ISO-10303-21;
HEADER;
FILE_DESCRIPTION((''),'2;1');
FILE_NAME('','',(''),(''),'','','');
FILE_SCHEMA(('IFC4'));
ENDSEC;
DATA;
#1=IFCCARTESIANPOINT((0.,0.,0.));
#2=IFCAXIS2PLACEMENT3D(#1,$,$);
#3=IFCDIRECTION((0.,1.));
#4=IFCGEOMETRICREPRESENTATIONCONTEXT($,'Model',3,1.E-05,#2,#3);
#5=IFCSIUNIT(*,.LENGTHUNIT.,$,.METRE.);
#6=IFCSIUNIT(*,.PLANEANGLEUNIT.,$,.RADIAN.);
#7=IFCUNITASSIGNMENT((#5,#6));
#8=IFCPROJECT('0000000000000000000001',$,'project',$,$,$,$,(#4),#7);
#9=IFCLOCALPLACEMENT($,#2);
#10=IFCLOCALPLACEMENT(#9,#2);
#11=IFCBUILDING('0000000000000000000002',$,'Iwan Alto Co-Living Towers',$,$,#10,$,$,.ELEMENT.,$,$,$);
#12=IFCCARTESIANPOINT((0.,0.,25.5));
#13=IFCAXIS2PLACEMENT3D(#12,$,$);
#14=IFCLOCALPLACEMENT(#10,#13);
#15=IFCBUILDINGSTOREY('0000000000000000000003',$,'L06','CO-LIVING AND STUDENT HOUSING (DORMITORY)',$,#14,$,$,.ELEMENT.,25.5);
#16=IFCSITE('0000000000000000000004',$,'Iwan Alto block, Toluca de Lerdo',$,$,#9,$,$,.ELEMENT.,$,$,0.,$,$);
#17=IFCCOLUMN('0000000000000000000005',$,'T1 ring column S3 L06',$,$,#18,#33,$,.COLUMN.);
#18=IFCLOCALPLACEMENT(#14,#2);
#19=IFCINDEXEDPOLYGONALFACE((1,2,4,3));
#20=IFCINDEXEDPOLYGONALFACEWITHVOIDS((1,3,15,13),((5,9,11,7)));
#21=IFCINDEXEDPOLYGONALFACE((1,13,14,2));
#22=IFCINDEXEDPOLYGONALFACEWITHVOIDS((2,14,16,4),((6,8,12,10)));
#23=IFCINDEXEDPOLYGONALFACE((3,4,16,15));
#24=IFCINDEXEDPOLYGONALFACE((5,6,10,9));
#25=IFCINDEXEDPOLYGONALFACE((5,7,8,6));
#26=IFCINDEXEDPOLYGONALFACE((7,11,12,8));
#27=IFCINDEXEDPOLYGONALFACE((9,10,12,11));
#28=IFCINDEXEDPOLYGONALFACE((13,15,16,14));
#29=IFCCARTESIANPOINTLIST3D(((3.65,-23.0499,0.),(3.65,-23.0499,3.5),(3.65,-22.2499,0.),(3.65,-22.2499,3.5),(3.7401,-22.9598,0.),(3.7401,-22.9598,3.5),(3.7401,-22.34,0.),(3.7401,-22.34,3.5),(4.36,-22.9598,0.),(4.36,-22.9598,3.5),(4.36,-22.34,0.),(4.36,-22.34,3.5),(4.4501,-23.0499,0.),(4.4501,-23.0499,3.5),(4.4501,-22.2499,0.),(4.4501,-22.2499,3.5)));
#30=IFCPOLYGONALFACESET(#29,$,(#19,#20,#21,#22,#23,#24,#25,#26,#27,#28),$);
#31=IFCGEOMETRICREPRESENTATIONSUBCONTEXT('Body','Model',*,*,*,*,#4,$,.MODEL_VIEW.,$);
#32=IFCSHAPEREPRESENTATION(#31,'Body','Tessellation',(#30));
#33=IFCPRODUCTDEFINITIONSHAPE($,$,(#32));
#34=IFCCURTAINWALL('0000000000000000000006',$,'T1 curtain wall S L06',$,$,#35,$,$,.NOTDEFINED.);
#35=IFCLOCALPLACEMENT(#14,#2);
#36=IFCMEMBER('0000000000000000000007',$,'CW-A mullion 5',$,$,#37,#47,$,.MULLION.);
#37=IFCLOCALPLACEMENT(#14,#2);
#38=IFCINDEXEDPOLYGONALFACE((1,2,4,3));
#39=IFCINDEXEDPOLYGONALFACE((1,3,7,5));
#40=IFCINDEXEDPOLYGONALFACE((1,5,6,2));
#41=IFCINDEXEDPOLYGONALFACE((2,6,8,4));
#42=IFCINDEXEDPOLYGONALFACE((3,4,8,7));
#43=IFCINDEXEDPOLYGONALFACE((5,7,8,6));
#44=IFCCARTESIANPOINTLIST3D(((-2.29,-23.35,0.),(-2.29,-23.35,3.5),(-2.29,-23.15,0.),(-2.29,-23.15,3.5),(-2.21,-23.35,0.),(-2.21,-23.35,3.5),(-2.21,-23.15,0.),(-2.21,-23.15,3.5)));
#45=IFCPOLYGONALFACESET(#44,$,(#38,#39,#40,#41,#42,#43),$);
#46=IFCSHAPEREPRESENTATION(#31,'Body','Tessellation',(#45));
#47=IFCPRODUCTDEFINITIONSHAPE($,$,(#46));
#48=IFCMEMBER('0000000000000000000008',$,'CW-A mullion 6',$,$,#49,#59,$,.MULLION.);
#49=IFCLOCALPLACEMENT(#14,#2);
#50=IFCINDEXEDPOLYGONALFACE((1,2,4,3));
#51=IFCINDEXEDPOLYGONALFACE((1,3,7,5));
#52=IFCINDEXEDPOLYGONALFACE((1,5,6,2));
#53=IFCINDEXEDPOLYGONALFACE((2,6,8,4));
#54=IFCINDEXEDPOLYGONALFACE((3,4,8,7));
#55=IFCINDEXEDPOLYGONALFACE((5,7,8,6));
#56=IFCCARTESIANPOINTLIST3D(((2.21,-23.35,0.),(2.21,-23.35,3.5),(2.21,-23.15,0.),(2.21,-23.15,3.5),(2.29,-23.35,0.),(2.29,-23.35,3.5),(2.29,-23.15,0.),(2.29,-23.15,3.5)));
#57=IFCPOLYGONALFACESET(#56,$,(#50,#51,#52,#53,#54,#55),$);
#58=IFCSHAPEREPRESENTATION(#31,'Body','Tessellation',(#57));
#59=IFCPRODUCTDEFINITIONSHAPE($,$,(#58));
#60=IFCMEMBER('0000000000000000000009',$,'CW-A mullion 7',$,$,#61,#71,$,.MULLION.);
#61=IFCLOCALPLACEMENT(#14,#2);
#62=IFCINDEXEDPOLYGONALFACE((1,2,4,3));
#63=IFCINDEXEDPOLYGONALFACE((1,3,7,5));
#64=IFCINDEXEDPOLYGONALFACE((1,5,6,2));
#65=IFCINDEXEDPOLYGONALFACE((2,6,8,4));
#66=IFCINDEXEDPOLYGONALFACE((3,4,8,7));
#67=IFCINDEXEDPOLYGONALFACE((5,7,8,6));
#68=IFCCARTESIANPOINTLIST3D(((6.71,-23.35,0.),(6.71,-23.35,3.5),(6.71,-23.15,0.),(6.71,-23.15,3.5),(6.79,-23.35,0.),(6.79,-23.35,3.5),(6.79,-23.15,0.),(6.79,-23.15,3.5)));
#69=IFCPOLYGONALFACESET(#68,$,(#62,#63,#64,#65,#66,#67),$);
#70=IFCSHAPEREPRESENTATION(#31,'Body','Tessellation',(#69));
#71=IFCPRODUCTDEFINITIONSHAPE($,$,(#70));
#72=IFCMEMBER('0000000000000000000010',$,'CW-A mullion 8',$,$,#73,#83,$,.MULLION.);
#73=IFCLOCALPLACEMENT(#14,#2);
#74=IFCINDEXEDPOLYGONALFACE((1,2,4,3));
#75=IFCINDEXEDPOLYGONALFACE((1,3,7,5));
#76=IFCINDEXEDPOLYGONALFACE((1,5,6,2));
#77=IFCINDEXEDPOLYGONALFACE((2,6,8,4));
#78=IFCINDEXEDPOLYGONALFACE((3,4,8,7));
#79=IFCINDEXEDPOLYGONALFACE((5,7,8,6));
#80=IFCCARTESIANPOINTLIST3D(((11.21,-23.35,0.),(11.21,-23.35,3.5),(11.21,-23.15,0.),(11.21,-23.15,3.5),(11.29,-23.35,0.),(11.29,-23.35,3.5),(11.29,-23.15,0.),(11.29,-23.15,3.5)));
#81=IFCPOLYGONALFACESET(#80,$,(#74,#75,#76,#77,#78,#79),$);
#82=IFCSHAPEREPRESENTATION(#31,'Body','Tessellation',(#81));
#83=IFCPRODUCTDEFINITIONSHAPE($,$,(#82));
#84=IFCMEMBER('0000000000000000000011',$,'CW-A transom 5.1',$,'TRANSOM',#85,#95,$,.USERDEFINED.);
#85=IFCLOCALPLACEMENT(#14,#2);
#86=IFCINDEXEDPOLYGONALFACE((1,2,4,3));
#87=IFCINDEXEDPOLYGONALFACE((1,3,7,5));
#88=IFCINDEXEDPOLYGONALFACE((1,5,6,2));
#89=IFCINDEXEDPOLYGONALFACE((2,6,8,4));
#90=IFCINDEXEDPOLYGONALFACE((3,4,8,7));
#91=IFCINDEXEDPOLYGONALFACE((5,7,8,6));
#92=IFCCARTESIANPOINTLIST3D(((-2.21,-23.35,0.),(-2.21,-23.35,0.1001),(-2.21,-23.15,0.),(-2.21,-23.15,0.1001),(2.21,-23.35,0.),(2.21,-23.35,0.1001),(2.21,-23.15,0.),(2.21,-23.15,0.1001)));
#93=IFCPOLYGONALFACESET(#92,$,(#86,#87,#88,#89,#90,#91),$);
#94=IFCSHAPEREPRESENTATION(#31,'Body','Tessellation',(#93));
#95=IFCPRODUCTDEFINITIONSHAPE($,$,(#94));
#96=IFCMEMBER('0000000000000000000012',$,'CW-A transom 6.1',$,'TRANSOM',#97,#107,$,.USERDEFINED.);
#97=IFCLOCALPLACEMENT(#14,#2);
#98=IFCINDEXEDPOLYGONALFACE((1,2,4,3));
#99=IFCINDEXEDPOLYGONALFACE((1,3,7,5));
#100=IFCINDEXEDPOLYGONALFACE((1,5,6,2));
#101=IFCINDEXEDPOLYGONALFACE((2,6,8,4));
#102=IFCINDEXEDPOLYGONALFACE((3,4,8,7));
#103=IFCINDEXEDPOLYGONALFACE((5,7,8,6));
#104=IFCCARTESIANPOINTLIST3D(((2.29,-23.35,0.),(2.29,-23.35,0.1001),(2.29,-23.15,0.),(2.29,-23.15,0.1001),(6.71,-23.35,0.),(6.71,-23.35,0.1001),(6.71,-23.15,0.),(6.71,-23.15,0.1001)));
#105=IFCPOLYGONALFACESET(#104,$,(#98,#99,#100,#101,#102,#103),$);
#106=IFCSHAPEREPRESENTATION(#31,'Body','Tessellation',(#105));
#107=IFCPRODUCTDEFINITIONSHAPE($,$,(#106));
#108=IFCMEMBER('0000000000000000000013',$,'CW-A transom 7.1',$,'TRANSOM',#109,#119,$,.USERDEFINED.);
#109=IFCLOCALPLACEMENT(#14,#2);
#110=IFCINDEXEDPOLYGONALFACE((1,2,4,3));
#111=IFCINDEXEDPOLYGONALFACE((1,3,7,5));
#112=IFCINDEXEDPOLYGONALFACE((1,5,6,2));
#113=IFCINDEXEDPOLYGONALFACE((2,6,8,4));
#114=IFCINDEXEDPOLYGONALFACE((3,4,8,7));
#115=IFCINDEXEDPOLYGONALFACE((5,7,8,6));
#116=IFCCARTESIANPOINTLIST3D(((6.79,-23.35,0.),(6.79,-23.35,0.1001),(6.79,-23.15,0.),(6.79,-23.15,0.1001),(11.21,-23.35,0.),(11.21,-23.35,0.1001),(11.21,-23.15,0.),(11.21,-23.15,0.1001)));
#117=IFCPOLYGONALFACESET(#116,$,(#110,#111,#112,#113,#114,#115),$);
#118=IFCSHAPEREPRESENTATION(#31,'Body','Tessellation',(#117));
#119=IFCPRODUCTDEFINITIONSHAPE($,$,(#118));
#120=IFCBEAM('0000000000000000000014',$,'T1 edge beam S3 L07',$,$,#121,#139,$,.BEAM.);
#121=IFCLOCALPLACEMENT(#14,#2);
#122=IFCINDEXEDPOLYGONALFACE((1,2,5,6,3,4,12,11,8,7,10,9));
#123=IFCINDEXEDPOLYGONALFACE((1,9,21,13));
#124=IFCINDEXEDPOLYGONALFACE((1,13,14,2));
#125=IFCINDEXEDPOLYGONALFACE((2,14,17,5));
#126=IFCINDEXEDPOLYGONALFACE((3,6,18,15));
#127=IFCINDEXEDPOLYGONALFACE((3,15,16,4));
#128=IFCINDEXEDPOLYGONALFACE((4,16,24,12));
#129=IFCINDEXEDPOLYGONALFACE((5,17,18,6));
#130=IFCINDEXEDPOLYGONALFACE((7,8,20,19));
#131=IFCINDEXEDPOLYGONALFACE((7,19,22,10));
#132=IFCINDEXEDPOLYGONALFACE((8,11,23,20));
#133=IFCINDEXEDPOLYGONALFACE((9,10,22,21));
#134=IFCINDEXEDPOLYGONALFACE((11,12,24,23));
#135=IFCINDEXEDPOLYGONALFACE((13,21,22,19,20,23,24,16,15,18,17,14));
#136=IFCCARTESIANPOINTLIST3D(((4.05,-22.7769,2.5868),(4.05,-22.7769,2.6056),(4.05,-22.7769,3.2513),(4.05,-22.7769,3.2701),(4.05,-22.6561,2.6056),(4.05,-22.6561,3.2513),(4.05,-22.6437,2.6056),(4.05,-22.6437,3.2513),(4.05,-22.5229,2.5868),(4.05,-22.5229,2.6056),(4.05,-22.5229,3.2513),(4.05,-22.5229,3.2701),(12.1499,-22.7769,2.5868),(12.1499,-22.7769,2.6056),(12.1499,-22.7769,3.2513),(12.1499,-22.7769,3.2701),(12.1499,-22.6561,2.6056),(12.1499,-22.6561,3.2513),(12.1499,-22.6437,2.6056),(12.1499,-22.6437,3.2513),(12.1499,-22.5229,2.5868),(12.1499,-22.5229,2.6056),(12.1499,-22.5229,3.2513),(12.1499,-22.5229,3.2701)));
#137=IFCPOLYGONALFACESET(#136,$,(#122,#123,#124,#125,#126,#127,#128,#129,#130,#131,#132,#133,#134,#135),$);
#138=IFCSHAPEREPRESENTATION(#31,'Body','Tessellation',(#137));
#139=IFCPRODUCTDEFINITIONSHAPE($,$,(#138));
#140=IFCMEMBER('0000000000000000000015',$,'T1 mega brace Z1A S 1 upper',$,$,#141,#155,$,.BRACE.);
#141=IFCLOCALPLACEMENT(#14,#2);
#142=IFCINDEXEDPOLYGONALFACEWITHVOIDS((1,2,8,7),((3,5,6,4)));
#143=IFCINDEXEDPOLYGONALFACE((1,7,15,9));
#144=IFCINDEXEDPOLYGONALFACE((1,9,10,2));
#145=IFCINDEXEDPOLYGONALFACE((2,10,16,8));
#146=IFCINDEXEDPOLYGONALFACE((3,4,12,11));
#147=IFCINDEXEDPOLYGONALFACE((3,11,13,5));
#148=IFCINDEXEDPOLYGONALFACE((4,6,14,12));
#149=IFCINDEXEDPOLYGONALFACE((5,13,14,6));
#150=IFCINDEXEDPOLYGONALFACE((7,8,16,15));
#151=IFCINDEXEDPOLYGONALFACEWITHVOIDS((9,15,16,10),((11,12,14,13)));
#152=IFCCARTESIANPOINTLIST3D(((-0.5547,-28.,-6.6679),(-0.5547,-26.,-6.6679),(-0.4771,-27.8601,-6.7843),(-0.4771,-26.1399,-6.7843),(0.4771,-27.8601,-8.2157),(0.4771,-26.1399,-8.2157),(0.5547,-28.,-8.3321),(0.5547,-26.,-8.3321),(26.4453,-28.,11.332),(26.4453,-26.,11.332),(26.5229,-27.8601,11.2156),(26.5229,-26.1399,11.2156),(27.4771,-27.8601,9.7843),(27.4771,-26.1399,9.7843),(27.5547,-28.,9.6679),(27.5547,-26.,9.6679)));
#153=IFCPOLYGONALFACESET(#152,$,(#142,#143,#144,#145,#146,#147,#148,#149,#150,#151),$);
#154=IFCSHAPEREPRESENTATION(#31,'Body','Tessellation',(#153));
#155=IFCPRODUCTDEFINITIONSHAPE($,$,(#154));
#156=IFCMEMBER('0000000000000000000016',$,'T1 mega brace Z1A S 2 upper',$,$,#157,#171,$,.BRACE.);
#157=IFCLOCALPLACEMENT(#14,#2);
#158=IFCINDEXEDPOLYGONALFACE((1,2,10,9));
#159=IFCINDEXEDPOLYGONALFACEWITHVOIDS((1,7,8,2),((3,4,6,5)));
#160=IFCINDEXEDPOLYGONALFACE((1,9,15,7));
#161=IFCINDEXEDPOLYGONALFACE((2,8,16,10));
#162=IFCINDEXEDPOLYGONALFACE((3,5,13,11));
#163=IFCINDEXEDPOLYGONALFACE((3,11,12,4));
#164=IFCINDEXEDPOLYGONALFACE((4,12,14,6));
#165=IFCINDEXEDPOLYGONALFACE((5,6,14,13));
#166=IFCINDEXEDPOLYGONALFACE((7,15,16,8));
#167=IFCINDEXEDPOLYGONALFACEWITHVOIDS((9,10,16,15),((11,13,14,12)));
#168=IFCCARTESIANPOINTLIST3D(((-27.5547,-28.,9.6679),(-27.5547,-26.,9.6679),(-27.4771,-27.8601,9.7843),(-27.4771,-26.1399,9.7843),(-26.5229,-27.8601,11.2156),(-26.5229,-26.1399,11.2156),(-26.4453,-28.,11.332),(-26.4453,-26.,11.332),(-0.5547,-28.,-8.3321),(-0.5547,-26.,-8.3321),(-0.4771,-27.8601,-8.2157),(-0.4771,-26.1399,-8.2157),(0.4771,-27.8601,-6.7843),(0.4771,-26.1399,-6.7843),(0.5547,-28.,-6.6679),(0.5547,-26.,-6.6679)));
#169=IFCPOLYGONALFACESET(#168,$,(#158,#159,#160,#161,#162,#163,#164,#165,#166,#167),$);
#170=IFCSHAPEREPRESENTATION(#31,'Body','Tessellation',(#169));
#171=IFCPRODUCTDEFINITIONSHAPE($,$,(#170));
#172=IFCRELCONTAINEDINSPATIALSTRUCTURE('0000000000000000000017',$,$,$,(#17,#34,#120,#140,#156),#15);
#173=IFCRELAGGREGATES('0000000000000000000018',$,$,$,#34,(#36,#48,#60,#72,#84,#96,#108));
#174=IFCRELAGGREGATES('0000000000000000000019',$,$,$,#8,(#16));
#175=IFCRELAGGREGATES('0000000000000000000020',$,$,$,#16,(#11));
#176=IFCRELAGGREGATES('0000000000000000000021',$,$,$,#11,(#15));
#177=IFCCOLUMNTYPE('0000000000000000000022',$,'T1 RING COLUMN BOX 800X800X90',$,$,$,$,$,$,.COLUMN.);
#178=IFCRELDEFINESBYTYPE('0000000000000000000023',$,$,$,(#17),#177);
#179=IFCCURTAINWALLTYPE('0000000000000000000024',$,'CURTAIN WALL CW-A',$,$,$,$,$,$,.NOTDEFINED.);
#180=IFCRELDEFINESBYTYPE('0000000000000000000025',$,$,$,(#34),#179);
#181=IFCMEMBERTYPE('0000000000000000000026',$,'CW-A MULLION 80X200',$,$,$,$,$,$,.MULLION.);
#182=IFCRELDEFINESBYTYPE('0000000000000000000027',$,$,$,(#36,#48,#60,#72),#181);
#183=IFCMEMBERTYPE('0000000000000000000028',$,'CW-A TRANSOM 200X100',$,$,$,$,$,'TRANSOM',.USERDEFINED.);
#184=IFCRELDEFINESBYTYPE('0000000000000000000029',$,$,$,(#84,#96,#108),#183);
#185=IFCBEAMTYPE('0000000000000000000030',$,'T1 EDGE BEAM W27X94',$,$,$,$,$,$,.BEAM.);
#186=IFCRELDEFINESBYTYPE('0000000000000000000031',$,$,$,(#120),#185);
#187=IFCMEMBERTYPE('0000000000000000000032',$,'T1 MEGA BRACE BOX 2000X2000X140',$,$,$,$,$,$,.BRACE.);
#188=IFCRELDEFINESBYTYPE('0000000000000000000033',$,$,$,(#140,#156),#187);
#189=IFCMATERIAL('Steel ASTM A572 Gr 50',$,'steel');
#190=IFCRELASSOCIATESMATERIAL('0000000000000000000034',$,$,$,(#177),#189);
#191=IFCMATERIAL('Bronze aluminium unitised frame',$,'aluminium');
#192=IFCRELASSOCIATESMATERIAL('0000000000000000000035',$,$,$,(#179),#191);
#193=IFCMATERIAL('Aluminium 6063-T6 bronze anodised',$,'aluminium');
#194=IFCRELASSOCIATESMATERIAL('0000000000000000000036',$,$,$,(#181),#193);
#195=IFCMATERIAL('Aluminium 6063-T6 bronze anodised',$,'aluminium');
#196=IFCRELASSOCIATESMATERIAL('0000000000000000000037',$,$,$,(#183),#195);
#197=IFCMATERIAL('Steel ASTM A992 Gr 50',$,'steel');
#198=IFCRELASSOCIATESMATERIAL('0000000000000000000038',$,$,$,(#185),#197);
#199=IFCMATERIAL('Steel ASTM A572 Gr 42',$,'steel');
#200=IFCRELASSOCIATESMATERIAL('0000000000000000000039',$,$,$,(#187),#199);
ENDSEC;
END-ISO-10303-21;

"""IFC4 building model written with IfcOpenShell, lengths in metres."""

from ifc_helpers import new_model, si_unit, direction, frame, origin, origin_2d, place, context, subcontext, project, spatial, rectangle, hollow_rectangle, i_section, extrude, material, material_profile, profile_set, type_object, element, aggregate, save


model = new_model("IFC4")

# Units and contexts
model_context = context("Model", 3, precision=1e-05, world=origin(), true_north=direction((0.0, 1.0)))
body_context = subcontext(model_context, "Body", "Model", "MODEL_VIEW")
ifc_project = project(units=[si_unit("LENGTHUNIT", "METRE"), si_unit("PLANEANGLEUNIT", "RADIAN")], contexts=[model_context])

# Site, building, storey
site_placement = place(None, origin())
site = spatial("IfcSite", under=ifc_project, at=site_placement, Name="Iwan Alto block, Toluca de Lerdo", CompositionType="ELEMENT", RefElevation=0.0)
building_placement = place(site_placement, origin())
building = spatial("IfcBuilding", under=site, at=building_placement, Name="Iwan Alto Co-Living Towers", CompositionType="ELEMENT")
storey_placement = place(building_placement, frame((0.0, 0.0, 25.5)))
storey = spatial("IfcBuildingStorey", under=building, at=storey_placement, Name="L06", Description="CO-LIVING AND STUDENT HOUSING (DORMITORY)", CompositionType="ELEMENT", Elevation=25.5)

# Column
ifc_material_1 = material(Name="Steel ASTM A572 Gr 50", Category="steel")
ifc_material_profile_1 = material_profile(ifc_material_1, hollow_rectangle(XDim=0.8, YDim=0.8, WallThickness=0.0901, at=origin_2d()), Name="BOX 800X800X90")
ifc_profile_set_1 = profile_set([ifc_material_profile_1], Name="Steel ASTM A572 Gr 50")
column_type = type_object("IfcColumnType", Name="T1 RING COLUMN BOX 800X800X90", PredefinedType="COLUMN", material=ifc_profile_set_1)
column_placement = place(storey_placement, frame((4.05, -22.6499, 0.0), z_axis=(0.0, 0.0, 1.0), x_axis=(1.0, 0.0, 0.0)))
element("IfcColumn", 1, at=column_placement, inside=storey, type_object=column_type, Name="T1 ring column S3 L06", PredefinedType="COLUMN", context=body_context, shape_type="SweptSolid", body=[
    extrude(hollow_rectangle(XDim=0.8, YDim=0.8, WallThickness=0.0901, at=origin_2d()), origin(), (0.0, 0.0, 1.0), 3.5),
])

# Curtain wall, members
ifc_material_2 = material(Name="Bronze aluminium unitised frame", Category="aluminium")
curtain_wall_type = type_object("IfcCurtainWallType", Name="CURTAIN WALL CW-A", PredefinedType="NOTDEFINED", material=ifc_material_2)
curtain_wall_placement = place(storey_placement, origin())
curtain_wall = element("IfcCurtainWall", 2, at=curtain_wall_placement, inside=storey, type_object=curtain_wall_type, Name="T1 curtain wall S L06", PredefinedType="NOTDEFINED")
ifc_material_3 = material(Name="Aluminium 6063-T6 bronze anodised", Category="aluminium")
ifc_material_profile_2 = material_profile(ifc_material_3, rectangle(XDim=0.2, YDim=0.0801, at=origin_2d()), Name="AL 80X200")
ifc_profile_set_2 = profile_set([ifc_material_profile_2], Name="Aluminium 6063-T6 bronze anodised")
member_type_1 = type_object("IfcMemberType", Name="CW-A MULLION 80X200", PredefinedType="MULLION", material=ifc_profile_set_2)
member_1_placement = place(storey_placement, frame((-2.25, -23.25, 0.0), z_axis=(0.0, 0.0, 1.0), x_axis=(0.0, 1.0, 0.0)))
member_1 = element("IfcMember", 3, at=member_1_placement, type_object=member_type_1, Name="CW-A mullion 5", PredefinedType="MULLION", context=body_context, shape_type="SweptSolid", body=[
    extrude(rectangle(XDim=0.2, YDim=0.0801, at=origin_2d()), origin(), (0.0, 0.0, 1.0), 3.5),
])
member_2_placement = place(storey_placement, frame((2.25, -23.25, 0.0), z_axis=(0.0, 0.0, 1.0), x_axis=(0.0, 1.0, 0.0)))
member_2 = element("IfcMember", 4, at=member_2_placement, type_object=member_type_1, Name="CW-A mullion 6", PredefinedType="MULLION", context=body_context, shape_type="SweptSolid", body=[
    extrude(rectangle(XDim=0.2, YDim=0.0801, at=origin_2d()), origin(), (0.0, 0.0, 1.0), 3.5),
])
member_3_placement = place(storey_placement, frame((6.75, -23.25, 0.0), z_axis=(0.0, 0.0, 1.0), x_axis=(0.0, 1.0, 0.0)))
member_3 = element("IfcMember", 5, at=member_3_placement, type_object=member_type_1, Name="CW-A mullion 7", PredefinedType="MULLION", context=body_context, shape_type="SweptSolid", body=[
    extrude(rectangle(XDim=0.2, YDim=0.0801, at=origin_2d()), origin(), (0.0, 0.0, 1.0), 3.5),
])
member_4_placement = place(storey_placement, frame((11.25, -23.25, 0.0), z_axis=(0.0, 0.0, 1.0), x_axis=(0.0, 1.0, 0.0)))
member_4 = element("IfcMember", 6, at=member_4_placement, type_object=member_type_1, Name="CW-A mullion 8", PredefinedType="MULLION", context=body_context, shape_type="SweptSolid", body=[
    extrude(rectangle(XDim=0.2, YDim=0.0801, at=origin_2d()), origin(), (0.0, 0.0, 1.0), 3.5),
])
ifc_material_4 = material(Name="Aluminium 6063-T6 bronze anodised", Category="aluminium")
ifc_material_profile_3 = material_profile(ifc_material_4, rectangle(XDim=0.2, YDim=0.1001, at=origin_2d()), Name="AL 200X100")
ifc_profile_set_3 = profile_set([ifc_material_profile_3], Name="Aluminium 6063-T6 bronze anodised")
member_type_2 = type_object("IfcMemberType", Name="CW-A TRANSOM 200X100", ElementType="TRANSOM", PredefinedType="USERDEFINED", material=ifc_profile_set_3)
member_5_placement = place(storey_placement, frame((-2.21, -23.25, 0.05), z_axis=(1.0, 0.0, 0.0), x_axis=(0.0, 1.0, 0.0)))
member_5 = element("IfcMember", 7, at=member_5_placement, type_object=member_type_2, Name="CW-A transom 5.1", ObjectType="TRANSOM", PredefinedType="USERDEFINED", context=body_context, shape_type="SweptSolid", body=[
    extrude(rectangle(XDim=0.2, YDim=0.1001, at=origin_2d()), origin(), (0.0, 0.0, 1.0), 4.4199),
])
member_6_placement = place(storey_placement, frame((2.29, -23.25, 0.05), z_axis=(1.0, 0.0, 0.0), x_axis=(0.0, 1.0, 0.0)))
member_6 = element("IfcMember", 8, at=member_6_placement, type_object=member_type_2, Name="CW-A transom 6.1", ObjectType="TRANSOM", PredefinedType="USERDEFINED", context=body_context, shape_type="SweptSolid", body=[
    extrude(rectangle(XDim=0.2, YDim=0.1001, at=origin_2d()), origin(), (0.0, 0.0, 1.0), 4.4199),
])
member_7_placement = place(storey_placement, frame((6.79, -23.25, 0.05), z_axis=(1.0, 0.0, 0.0), x_axis=(0.0, 1.0, 0.0)))
member_7 = element("IfcMember", 9, at=member_7_placement, type_object=member_type_2, Name="CW-A transom 7.1", ObjectType="TRANSOM", PredefinedType="USERDEFINED", context=body_context, shape_type="SweptSolid", body=[
    extrude(rectangle(XDim=0.2, YDim=0.1001, at=origin_2d()), origin(), (0.0, 0.0, 1.0), 4.4199),
])

# Beam
ifc_material_5 = material(Name="Steel ASTM A992 Gr 50", Category="steel")
ifc_material_profile_4 = material_profile(ifc_material_5, i_section(OverallWidth=0.2539, OverallDepth=0.6833, WebThickness=0.0125, FlangeThickness=0.0188, at=origin_2d()), Name="W27X94")
ifc_profile_set_4 = profile_set([ifc_material_profile_4], Name="Steel ASTM A992 Gr 50")
beam_type_1 = type_object("IfcBeamType", Name="T1 EDGE BEAM W27X94", PredefinedType="BEAM", material=ifc_profile_set_4)
beam_1_placement = place(storey_placement, frame((4.05, -22.6499, 2.9285), z_axis=(1.0, 0.0, 0.0), x_axis=(0.0, 1.0, 0.0)))
element("IfcBeam", 10, at=beam_1_placement, inside=storey, type_object=beam_type_1, Name="T1 edge beam S3 L07", PredefinedType="BEAM", context=body_context, shape_type="SweptSolid", body=[
    extrude(i_section(OverallWidth=0.2539, OverallDepth=0.6833, WebThickness=0.0125, FlangeThickness=0.0188, at=origin_2d()), origin(), (0.0, 0.0, 1.0), 8.0999),
])

# Members
ifc_material_6 = material(Name="Steel ASTM A572 Gr 42", Category="steel")
ifc_material_profile_5 = material_profile(ifc_material_6, hollow_rectangle(XDim=2.0, YDim=2.0, WallThickness=0.1399, at=origin_2d()), Name="BOX 2000X2000X140")
ifc_profile_set_5 = profile_set([ifc_material_profile_5], Name="Steel ASTM A572 Gr 42")
member_type_3 = type_object("IfcMemberType", Name="T1 MEGA BRACE BOX 2000X2000X140", PredefinedType="BRACE", material=ifc_profile_set_5)
for number, where, z_axis, x_axis, name in (
    (11, (0.0, -27.0, -7.5), (0.83205, 0.0, 0.5547), (0.0, 1.0, 0.0), "T1 mega brace Z1A S 1 upper"),
    (12, (0.0, -27.0, -7.5), (-0.83205, 0.0, 0.5547), (0.0, -1.0, 0.0), "T1 mega brace Z1A S 2 upper"),
):
    element("IfcMember", number, at=place(storey_placement, frame(where, z_axis=z_axis, x_axis=x_axis)), inside=storey, type_object=member_type_3, Name=name, PredefinedType="BRACE", context=body_context, shape_type="SweptSolid", body=[
        extrude(hollow_rectangle(XDim=2.0, YDim=2.0, WallThickness=0.1399, at=origin_2d()), origin(), (0.0, 0.0, 1.0), 32.45),
    ])

aggregate(curtain_wall, [member_1, member_2, member_3, member_4, member_5, member_6, member_7])

save(model, "model.ifc")
